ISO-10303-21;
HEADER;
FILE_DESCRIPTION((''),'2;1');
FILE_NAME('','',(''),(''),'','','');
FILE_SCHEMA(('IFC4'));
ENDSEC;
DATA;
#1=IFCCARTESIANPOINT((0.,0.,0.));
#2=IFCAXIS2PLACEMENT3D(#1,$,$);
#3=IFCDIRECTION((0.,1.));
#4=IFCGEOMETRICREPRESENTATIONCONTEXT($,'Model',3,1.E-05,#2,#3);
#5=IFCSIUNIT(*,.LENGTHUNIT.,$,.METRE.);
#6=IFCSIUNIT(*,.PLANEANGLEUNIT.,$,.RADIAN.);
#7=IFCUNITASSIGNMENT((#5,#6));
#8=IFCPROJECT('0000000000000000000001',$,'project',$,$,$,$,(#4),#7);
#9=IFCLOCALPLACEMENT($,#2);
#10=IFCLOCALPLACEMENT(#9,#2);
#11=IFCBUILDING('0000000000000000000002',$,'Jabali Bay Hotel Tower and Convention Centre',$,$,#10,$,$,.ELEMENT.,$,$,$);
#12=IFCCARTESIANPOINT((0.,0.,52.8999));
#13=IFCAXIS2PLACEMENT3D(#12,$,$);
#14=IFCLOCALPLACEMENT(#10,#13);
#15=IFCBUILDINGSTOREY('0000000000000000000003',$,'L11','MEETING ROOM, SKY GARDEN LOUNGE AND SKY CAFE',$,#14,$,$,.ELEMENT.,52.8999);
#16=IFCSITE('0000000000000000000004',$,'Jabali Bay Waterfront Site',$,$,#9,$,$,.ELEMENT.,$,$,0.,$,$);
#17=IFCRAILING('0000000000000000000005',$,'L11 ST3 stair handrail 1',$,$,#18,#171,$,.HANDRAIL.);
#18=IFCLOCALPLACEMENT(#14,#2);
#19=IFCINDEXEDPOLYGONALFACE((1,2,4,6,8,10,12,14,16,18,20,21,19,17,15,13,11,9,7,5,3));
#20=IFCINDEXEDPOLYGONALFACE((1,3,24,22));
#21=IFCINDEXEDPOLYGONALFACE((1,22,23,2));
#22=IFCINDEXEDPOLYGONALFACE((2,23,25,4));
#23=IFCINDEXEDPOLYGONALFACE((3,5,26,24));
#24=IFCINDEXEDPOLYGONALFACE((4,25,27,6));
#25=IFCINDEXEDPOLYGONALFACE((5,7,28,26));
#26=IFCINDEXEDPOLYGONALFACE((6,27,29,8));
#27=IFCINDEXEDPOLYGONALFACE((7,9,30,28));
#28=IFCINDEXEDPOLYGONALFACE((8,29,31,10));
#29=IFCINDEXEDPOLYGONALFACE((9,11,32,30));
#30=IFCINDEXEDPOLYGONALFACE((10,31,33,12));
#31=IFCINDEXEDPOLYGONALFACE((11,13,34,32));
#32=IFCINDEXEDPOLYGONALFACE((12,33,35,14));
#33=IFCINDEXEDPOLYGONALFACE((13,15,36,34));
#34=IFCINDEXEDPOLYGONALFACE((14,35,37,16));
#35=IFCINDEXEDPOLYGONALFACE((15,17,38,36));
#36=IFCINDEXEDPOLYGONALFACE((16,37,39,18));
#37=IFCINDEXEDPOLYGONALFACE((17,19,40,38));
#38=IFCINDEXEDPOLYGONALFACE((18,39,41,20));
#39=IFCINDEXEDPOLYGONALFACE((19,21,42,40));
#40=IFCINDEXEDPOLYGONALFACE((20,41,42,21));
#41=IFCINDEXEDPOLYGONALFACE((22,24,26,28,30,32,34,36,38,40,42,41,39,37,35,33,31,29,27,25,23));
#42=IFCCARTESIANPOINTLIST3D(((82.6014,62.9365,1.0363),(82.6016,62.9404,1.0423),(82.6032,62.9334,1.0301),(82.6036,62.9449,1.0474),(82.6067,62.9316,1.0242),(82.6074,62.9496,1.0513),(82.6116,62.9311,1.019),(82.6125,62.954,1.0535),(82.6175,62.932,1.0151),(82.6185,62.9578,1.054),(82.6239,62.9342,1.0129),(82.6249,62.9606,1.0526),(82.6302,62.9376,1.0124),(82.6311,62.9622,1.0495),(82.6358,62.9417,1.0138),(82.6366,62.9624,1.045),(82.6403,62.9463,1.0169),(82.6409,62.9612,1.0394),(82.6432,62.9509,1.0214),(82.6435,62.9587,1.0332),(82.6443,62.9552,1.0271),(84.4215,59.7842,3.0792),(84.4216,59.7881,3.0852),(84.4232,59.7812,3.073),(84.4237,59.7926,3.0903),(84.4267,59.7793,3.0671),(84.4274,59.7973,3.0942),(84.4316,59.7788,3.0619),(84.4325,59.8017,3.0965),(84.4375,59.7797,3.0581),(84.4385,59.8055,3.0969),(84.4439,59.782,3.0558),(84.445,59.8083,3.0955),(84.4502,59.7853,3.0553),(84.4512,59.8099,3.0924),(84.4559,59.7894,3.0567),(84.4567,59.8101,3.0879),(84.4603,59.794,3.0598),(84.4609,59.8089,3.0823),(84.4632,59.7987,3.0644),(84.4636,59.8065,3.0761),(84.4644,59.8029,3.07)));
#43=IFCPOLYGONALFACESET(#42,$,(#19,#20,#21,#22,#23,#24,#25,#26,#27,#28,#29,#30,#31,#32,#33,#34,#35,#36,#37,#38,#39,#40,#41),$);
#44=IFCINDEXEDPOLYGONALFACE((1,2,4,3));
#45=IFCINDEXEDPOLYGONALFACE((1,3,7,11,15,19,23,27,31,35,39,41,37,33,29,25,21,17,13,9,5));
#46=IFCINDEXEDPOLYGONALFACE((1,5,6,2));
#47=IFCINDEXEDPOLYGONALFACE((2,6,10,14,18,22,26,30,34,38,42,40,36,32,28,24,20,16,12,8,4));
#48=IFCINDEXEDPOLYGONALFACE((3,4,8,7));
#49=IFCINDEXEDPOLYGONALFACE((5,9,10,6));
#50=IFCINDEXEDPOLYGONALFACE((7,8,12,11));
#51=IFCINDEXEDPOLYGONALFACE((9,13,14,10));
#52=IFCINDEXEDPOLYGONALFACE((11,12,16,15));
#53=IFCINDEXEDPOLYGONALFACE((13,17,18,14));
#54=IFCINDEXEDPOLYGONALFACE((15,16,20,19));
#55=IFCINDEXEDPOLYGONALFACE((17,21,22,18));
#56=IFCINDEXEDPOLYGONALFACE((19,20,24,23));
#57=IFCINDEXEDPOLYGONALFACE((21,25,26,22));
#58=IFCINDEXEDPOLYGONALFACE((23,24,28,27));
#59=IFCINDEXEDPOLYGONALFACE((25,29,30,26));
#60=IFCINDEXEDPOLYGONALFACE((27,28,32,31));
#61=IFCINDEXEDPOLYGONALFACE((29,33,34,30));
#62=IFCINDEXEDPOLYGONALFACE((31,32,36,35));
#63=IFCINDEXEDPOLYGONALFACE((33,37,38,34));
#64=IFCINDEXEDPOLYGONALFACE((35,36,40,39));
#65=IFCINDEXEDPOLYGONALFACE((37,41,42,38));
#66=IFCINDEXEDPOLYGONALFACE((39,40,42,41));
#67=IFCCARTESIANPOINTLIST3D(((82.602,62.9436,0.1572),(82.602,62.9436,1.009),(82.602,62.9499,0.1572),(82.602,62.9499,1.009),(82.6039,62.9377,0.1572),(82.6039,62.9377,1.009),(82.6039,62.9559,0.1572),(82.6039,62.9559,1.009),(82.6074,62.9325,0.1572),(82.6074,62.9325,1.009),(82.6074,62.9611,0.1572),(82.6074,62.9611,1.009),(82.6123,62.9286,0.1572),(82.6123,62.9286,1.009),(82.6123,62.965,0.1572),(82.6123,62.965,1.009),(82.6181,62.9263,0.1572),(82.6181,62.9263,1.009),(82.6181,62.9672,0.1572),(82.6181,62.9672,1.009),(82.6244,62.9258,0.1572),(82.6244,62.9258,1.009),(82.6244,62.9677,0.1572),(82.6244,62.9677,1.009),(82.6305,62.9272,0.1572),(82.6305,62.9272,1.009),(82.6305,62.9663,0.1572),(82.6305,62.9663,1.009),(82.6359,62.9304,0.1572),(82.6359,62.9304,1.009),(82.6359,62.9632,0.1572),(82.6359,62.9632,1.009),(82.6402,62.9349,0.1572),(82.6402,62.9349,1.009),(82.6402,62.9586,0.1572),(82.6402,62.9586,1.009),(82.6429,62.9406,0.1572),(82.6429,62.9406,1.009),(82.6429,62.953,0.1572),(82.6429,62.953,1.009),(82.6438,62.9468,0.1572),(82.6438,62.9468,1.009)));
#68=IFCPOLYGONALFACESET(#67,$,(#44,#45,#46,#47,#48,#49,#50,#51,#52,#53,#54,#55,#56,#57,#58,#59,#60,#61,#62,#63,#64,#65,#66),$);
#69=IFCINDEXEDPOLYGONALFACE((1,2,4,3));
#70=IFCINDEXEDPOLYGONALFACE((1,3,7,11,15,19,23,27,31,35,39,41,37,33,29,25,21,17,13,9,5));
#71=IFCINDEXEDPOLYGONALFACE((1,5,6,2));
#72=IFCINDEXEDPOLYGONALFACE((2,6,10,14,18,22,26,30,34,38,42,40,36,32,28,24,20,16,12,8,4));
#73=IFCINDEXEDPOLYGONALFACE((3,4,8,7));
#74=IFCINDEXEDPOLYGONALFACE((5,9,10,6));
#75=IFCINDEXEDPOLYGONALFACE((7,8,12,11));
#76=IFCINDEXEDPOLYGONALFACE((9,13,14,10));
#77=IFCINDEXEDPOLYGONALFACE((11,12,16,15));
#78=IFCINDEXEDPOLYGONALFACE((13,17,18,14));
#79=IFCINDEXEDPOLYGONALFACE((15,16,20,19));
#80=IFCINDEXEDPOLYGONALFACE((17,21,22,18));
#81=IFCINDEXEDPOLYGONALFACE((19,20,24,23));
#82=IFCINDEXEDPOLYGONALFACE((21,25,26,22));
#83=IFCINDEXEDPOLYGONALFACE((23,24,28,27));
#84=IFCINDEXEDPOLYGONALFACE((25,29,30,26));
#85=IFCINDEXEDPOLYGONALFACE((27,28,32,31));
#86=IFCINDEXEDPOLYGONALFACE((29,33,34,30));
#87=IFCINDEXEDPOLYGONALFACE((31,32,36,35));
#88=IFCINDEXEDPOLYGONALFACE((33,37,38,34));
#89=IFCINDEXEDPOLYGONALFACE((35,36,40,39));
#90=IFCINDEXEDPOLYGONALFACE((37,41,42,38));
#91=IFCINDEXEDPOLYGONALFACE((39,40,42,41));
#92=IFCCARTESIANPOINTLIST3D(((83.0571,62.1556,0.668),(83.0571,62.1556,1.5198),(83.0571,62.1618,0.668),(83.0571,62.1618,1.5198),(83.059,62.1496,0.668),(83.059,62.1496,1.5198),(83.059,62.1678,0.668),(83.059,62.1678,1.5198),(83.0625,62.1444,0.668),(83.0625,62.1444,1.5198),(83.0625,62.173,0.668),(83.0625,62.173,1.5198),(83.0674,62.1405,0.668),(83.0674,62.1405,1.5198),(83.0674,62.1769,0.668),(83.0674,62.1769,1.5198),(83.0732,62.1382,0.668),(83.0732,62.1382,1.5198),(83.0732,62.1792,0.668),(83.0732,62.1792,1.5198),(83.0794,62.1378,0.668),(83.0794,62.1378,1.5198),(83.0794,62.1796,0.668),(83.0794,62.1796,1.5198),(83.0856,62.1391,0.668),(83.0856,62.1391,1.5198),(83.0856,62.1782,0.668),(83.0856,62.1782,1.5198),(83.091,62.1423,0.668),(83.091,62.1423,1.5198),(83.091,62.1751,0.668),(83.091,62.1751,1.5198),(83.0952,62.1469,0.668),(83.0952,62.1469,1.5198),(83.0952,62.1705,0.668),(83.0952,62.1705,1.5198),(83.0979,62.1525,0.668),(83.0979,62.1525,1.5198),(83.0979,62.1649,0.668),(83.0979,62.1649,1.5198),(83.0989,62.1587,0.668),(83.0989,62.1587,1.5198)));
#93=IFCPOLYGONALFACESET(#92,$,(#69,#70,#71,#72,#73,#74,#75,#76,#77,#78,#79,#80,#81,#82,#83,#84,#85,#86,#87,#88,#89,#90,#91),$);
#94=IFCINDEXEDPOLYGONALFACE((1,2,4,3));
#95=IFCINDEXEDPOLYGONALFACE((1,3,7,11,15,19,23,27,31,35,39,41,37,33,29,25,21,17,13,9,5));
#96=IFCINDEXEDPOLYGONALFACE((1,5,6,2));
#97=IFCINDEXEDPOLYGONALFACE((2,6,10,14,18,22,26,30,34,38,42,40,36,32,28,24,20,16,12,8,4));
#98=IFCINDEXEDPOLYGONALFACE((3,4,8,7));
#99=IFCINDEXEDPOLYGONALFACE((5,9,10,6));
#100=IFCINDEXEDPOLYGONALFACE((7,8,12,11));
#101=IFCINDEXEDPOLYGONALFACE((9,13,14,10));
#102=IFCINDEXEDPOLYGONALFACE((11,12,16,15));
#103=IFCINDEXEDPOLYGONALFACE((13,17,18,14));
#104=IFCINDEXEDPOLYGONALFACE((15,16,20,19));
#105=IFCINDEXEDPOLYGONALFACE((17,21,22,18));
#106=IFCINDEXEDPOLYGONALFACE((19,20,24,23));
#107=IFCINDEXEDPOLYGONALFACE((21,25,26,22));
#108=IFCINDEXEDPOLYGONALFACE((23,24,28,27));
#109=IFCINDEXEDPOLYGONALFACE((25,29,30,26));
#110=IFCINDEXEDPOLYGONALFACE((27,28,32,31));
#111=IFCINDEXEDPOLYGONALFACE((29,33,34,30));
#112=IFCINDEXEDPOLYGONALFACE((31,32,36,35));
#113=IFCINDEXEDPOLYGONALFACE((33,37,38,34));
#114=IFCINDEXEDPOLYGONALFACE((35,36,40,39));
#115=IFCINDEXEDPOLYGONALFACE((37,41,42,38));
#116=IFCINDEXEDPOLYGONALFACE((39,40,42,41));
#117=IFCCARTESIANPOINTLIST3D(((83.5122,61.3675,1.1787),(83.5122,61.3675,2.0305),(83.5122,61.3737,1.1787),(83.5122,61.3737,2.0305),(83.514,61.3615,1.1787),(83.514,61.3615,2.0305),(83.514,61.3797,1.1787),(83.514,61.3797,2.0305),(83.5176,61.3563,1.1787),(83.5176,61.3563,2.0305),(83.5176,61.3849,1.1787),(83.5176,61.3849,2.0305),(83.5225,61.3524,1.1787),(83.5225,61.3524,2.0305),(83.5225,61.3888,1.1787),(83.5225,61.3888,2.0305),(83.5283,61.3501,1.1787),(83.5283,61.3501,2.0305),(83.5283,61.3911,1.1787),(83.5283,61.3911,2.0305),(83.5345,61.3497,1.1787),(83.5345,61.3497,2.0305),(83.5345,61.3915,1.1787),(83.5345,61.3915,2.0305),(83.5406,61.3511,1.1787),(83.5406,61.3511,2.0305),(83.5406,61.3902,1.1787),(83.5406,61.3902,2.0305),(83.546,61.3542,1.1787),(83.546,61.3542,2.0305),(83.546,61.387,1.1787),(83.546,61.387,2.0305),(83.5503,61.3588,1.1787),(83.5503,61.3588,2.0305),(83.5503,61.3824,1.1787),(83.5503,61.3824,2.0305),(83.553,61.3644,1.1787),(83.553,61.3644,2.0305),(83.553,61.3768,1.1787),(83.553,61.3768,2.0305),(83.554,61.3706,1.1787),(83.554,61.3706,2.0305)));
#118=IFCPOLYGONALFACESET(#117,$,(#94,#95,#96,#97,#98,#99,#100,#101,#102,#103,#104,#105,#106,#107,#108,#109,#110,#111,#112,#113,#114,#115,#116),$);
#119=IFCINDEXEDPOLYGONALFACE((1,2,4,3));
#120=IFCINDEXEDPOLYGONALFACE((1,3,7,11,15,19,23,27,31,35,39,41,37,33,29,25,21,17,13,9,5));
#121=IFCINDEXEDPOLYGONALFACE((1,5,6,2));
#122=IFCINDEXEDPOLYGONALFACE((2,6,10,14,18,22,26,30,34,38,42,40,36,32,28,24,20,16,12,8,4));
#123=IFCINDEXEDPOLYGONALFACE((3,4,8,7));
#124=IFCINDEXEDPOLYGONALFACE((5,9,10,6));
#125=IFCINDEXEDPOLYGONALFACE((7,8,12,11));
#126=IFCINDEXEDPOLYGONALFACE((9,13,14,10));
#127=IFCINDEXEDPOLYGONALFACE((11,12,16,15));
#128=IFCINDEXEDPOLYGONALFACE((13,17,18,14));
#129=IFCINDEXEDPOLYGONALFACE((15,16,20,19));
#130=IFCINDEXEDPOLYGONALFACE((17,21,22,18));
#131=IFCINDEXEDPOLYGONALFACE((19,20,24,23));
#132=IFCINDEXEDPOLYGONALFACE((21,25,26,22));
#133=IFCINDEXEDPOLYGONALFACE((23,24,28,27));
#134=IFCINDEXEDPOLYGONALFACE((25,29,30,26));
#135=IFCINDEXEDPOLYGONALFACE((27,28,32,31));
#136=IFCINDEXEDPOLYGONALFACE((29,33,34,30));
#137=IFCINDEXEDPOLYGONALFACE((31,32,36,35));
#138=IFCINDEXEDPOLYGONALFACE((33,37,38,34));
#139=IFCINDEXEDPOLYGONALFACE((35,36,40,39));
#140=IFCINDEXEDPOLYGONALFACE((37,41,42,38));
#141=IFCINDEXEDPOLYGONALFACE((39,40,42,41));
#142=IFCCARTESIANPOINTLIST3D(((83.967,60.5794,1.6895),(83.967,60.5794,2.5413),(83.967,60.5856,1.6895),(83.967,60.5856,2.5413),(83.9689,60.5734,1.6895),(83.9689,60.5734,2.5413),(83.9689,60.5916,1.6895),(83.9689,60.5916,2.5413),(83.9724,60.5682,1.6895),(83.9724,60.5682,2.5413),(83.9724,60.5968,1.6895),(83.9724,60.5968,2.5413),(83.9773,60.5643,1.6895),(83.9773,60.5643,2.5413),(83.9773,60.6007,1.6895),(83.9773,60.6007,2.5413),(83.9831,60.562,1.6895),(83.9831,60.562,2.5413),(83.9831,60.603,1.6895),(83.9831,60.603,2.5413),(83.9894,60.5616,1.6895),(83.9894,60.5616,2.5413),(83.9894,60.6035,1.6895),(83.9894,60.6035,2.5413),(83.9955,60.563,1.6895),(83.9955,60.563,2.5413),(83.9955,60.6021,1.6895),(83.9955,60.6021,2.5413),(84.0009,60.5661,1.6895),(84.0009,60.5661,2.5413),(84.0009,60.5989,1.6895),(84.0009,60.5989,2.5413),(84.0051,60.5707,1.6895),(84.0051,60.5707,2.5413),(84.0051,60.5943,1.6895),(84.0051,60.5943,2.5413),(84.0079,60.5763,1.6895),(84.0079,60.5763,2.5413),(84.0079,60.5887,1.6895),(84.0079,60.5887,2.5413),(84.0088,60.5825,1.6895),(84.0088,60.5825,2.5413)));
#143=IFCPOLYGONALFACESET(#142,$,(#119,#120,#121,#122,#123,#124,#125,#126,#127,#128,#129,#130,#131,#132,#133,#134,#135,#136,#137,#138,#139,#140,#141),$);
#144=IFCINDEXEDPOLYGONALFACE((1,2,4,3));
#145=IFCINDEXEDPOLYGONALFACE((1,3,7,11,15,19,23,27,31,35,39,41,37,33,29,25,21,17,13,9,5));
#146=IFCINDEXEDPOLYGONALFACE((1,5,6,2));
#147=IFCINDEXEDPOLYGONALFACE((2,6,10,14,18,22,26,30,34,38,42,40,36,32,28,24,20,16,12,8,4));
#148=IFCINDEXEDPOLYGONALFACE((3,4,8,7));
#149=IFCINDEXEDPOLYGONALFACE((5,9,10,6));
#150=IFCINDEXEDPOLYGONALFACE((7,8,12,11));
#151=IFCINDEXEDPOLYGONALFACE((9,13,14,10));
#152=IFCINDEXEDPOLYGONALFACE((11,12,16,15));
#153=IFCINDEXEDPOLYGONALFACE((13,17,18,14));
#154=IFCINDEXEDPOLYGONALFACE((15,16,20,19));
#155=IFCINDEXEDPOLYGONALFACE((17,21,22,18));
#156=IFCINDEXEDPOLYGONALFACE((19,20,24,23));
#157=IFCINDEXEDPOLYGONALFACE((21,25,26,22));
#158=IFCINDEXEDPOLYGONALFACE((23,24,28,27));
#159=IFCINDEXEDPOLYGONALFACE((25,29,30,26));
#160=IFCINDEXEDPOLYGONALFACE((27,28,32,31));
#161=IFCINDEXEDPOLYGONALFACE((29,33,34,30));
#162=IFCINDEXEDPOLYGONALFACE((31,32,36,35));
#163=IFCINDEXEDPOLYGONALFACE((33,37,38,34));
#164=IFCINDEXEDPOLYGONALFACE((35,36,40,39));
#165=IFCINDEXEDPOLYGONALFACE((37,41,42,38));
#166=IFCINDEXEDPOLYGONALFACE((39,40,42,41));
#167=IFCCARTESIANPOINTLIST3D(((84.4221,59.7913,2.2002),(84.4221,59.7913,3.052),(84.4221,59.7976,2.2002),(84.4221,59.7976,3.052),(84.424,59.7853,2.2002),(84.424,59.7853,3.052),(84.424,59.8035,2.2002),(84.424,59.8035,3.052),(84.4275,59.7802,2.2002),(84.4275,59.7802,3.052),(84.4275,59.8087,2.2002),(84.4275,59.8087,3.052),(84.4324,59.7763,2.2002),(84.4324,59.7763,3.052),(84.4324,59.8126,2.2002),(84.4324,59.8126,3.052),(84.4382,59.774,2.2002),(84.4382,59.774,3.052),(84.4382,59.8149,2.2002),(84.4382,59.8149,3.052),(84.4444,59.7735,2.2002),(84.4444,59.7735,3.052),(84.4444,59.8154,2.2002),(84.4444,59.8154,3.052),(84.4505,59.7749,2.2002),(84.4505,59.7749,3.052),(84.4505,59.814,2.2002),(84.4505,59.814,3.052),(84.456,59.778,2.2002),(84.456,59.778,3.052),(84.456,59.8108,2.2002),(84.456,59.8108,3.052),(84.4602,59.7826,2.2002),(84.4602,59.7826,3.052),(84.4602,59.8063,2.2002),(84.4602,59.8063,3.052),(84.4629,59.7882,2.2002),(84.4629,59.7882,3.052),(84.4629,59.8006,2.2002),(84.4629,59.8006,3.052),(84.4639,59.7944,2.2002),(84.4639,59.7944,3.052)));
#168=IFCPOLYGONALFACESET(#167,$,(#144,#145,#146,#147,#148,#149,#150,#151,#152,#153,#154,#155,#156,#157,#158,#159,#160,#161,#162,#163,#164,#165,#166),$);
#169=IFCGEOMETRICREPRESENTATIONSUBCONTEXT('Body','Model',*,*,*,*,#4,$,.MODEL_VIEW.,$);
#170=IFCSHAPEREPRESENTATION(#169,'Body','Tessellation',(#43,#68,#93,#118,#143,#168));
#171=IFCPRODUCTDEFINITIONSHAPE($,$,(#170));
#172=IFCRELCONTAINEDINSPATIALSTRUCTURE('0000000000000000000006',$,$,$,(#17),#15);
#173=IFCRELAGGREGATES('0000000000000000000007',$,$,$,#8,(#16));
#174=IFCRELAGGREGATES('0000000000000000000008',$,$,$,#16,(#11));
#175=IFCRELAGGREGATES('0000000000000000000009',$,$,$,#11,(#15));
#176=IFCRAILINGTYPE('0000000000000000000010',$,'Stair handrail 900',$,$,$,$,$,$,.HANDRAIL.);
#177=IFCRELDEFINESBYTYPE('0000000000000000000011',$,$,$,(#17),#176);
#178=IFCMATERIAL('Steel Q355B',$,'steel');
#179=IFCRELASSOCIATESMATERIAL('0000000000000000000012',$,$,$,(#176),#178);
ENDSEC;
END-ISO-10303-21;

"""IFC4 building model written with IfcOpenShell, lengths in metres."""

from ifc_helpers import new_model, si_unit, direction, frame, origin, origin_2d, place, context, subcontext, project, spatial, circle, extrude, material, type_object, element, save


model = new_model("IFC4")

# Units and contexts
model_context = context("Model", 3, precision=1e-05, world=origin(), true_north=direction((0.0, 1.0)))
body_context = subcontext(model_context, "Body", "Model", "MODEL_VIEW")
ifc_project = project(units=[si_unit("LENGTHUNIT", "METRE"), si_unit("PLANEANGLEUNIT", "RADIAN")], contexts=[model_context])

# Site, building, storey
site_placement = place(None, origin())
site = spatial("IfcSite", under=ifc_project, at=site_placement, Name="Jabali Bay Waterfront Site", CompositionType="ELEMENT", RefElevation=0.0)
building_placement = place(site_placement, origin())
building = spatial("IfcBuilding", under=site, at=building_placement, Name="Jabali Bay Hotel Tower and Convention Centre", CompositionType="ELEMENT")
storey_placement = place(building_placement, frame((0.0, 0.0, 52.8999)))
storey = spatial("IfcBuildingStorey", under=building, at=storey_placement, Name="L11", Description="MEETING ROOM, SKY GARDEN LOUNGE AND SKY CAFE", CompositionType="ELEMENT", Elevation=52.8999)

# Railing
ifc_material_1 = material(Name="Steel Q355B", Category="steel")
railing_type_1 = type_object("IfcRailingType", Name="Stair handrail 900", PredefinedType="HANDRAIL", material=ifc_material_1)
railing_1_placement = place(storey_placement, frame((82.6228, 62.9468, 0.1572)))
element("IfcRailing", 1, at=railing_1_placement, inside=storey, type_object=railing_type_1, Name="L11 ST3 stair handrail 1", PredefinedType="HANDRAIL", context=body_context, shape_type="SweptSolid", body=[
    extrude(circle(Radius=0.0239, at=origin_2d()), frame((0.0, 0.0, 0.876), z_axis=(0.436032, -0.755204, 0.489432), x_axis=(0.866018, 0.500013, 0.0)), (0.0, 0.0, 1.0), 4.1741),
    extrude(circle(Radius=0.021, at=origin_2d()), origin(), (0.0, 0.0, 1.0), 0.8518),
    extrude(circle(Radius=0.021, at=origin_2d()), frame((0.4551, -0.7881, 0.5107)), (0.0, 0.0, 1.0), 0.8518),
    extrude(circle(Radius=0.021, at=origin_2d()), frame((0.9102, -1.5762, 1.0215)), (0.0, 0.0, 1.0), 0.8518),
    extrude(circle(Radius=0.021, at=origin_2d()), frame((1.365, -2.3643, 1.5322)), (0.0, 0.0, 1.0), 0.8518),
    extrude(circle(Radius=0.021, at=origin_2d()), frame((1.8201, -3.1523, 2.043)), (0.0, 0.0, 1.0), 0.8518),
])

save(model, "model.ifc")
